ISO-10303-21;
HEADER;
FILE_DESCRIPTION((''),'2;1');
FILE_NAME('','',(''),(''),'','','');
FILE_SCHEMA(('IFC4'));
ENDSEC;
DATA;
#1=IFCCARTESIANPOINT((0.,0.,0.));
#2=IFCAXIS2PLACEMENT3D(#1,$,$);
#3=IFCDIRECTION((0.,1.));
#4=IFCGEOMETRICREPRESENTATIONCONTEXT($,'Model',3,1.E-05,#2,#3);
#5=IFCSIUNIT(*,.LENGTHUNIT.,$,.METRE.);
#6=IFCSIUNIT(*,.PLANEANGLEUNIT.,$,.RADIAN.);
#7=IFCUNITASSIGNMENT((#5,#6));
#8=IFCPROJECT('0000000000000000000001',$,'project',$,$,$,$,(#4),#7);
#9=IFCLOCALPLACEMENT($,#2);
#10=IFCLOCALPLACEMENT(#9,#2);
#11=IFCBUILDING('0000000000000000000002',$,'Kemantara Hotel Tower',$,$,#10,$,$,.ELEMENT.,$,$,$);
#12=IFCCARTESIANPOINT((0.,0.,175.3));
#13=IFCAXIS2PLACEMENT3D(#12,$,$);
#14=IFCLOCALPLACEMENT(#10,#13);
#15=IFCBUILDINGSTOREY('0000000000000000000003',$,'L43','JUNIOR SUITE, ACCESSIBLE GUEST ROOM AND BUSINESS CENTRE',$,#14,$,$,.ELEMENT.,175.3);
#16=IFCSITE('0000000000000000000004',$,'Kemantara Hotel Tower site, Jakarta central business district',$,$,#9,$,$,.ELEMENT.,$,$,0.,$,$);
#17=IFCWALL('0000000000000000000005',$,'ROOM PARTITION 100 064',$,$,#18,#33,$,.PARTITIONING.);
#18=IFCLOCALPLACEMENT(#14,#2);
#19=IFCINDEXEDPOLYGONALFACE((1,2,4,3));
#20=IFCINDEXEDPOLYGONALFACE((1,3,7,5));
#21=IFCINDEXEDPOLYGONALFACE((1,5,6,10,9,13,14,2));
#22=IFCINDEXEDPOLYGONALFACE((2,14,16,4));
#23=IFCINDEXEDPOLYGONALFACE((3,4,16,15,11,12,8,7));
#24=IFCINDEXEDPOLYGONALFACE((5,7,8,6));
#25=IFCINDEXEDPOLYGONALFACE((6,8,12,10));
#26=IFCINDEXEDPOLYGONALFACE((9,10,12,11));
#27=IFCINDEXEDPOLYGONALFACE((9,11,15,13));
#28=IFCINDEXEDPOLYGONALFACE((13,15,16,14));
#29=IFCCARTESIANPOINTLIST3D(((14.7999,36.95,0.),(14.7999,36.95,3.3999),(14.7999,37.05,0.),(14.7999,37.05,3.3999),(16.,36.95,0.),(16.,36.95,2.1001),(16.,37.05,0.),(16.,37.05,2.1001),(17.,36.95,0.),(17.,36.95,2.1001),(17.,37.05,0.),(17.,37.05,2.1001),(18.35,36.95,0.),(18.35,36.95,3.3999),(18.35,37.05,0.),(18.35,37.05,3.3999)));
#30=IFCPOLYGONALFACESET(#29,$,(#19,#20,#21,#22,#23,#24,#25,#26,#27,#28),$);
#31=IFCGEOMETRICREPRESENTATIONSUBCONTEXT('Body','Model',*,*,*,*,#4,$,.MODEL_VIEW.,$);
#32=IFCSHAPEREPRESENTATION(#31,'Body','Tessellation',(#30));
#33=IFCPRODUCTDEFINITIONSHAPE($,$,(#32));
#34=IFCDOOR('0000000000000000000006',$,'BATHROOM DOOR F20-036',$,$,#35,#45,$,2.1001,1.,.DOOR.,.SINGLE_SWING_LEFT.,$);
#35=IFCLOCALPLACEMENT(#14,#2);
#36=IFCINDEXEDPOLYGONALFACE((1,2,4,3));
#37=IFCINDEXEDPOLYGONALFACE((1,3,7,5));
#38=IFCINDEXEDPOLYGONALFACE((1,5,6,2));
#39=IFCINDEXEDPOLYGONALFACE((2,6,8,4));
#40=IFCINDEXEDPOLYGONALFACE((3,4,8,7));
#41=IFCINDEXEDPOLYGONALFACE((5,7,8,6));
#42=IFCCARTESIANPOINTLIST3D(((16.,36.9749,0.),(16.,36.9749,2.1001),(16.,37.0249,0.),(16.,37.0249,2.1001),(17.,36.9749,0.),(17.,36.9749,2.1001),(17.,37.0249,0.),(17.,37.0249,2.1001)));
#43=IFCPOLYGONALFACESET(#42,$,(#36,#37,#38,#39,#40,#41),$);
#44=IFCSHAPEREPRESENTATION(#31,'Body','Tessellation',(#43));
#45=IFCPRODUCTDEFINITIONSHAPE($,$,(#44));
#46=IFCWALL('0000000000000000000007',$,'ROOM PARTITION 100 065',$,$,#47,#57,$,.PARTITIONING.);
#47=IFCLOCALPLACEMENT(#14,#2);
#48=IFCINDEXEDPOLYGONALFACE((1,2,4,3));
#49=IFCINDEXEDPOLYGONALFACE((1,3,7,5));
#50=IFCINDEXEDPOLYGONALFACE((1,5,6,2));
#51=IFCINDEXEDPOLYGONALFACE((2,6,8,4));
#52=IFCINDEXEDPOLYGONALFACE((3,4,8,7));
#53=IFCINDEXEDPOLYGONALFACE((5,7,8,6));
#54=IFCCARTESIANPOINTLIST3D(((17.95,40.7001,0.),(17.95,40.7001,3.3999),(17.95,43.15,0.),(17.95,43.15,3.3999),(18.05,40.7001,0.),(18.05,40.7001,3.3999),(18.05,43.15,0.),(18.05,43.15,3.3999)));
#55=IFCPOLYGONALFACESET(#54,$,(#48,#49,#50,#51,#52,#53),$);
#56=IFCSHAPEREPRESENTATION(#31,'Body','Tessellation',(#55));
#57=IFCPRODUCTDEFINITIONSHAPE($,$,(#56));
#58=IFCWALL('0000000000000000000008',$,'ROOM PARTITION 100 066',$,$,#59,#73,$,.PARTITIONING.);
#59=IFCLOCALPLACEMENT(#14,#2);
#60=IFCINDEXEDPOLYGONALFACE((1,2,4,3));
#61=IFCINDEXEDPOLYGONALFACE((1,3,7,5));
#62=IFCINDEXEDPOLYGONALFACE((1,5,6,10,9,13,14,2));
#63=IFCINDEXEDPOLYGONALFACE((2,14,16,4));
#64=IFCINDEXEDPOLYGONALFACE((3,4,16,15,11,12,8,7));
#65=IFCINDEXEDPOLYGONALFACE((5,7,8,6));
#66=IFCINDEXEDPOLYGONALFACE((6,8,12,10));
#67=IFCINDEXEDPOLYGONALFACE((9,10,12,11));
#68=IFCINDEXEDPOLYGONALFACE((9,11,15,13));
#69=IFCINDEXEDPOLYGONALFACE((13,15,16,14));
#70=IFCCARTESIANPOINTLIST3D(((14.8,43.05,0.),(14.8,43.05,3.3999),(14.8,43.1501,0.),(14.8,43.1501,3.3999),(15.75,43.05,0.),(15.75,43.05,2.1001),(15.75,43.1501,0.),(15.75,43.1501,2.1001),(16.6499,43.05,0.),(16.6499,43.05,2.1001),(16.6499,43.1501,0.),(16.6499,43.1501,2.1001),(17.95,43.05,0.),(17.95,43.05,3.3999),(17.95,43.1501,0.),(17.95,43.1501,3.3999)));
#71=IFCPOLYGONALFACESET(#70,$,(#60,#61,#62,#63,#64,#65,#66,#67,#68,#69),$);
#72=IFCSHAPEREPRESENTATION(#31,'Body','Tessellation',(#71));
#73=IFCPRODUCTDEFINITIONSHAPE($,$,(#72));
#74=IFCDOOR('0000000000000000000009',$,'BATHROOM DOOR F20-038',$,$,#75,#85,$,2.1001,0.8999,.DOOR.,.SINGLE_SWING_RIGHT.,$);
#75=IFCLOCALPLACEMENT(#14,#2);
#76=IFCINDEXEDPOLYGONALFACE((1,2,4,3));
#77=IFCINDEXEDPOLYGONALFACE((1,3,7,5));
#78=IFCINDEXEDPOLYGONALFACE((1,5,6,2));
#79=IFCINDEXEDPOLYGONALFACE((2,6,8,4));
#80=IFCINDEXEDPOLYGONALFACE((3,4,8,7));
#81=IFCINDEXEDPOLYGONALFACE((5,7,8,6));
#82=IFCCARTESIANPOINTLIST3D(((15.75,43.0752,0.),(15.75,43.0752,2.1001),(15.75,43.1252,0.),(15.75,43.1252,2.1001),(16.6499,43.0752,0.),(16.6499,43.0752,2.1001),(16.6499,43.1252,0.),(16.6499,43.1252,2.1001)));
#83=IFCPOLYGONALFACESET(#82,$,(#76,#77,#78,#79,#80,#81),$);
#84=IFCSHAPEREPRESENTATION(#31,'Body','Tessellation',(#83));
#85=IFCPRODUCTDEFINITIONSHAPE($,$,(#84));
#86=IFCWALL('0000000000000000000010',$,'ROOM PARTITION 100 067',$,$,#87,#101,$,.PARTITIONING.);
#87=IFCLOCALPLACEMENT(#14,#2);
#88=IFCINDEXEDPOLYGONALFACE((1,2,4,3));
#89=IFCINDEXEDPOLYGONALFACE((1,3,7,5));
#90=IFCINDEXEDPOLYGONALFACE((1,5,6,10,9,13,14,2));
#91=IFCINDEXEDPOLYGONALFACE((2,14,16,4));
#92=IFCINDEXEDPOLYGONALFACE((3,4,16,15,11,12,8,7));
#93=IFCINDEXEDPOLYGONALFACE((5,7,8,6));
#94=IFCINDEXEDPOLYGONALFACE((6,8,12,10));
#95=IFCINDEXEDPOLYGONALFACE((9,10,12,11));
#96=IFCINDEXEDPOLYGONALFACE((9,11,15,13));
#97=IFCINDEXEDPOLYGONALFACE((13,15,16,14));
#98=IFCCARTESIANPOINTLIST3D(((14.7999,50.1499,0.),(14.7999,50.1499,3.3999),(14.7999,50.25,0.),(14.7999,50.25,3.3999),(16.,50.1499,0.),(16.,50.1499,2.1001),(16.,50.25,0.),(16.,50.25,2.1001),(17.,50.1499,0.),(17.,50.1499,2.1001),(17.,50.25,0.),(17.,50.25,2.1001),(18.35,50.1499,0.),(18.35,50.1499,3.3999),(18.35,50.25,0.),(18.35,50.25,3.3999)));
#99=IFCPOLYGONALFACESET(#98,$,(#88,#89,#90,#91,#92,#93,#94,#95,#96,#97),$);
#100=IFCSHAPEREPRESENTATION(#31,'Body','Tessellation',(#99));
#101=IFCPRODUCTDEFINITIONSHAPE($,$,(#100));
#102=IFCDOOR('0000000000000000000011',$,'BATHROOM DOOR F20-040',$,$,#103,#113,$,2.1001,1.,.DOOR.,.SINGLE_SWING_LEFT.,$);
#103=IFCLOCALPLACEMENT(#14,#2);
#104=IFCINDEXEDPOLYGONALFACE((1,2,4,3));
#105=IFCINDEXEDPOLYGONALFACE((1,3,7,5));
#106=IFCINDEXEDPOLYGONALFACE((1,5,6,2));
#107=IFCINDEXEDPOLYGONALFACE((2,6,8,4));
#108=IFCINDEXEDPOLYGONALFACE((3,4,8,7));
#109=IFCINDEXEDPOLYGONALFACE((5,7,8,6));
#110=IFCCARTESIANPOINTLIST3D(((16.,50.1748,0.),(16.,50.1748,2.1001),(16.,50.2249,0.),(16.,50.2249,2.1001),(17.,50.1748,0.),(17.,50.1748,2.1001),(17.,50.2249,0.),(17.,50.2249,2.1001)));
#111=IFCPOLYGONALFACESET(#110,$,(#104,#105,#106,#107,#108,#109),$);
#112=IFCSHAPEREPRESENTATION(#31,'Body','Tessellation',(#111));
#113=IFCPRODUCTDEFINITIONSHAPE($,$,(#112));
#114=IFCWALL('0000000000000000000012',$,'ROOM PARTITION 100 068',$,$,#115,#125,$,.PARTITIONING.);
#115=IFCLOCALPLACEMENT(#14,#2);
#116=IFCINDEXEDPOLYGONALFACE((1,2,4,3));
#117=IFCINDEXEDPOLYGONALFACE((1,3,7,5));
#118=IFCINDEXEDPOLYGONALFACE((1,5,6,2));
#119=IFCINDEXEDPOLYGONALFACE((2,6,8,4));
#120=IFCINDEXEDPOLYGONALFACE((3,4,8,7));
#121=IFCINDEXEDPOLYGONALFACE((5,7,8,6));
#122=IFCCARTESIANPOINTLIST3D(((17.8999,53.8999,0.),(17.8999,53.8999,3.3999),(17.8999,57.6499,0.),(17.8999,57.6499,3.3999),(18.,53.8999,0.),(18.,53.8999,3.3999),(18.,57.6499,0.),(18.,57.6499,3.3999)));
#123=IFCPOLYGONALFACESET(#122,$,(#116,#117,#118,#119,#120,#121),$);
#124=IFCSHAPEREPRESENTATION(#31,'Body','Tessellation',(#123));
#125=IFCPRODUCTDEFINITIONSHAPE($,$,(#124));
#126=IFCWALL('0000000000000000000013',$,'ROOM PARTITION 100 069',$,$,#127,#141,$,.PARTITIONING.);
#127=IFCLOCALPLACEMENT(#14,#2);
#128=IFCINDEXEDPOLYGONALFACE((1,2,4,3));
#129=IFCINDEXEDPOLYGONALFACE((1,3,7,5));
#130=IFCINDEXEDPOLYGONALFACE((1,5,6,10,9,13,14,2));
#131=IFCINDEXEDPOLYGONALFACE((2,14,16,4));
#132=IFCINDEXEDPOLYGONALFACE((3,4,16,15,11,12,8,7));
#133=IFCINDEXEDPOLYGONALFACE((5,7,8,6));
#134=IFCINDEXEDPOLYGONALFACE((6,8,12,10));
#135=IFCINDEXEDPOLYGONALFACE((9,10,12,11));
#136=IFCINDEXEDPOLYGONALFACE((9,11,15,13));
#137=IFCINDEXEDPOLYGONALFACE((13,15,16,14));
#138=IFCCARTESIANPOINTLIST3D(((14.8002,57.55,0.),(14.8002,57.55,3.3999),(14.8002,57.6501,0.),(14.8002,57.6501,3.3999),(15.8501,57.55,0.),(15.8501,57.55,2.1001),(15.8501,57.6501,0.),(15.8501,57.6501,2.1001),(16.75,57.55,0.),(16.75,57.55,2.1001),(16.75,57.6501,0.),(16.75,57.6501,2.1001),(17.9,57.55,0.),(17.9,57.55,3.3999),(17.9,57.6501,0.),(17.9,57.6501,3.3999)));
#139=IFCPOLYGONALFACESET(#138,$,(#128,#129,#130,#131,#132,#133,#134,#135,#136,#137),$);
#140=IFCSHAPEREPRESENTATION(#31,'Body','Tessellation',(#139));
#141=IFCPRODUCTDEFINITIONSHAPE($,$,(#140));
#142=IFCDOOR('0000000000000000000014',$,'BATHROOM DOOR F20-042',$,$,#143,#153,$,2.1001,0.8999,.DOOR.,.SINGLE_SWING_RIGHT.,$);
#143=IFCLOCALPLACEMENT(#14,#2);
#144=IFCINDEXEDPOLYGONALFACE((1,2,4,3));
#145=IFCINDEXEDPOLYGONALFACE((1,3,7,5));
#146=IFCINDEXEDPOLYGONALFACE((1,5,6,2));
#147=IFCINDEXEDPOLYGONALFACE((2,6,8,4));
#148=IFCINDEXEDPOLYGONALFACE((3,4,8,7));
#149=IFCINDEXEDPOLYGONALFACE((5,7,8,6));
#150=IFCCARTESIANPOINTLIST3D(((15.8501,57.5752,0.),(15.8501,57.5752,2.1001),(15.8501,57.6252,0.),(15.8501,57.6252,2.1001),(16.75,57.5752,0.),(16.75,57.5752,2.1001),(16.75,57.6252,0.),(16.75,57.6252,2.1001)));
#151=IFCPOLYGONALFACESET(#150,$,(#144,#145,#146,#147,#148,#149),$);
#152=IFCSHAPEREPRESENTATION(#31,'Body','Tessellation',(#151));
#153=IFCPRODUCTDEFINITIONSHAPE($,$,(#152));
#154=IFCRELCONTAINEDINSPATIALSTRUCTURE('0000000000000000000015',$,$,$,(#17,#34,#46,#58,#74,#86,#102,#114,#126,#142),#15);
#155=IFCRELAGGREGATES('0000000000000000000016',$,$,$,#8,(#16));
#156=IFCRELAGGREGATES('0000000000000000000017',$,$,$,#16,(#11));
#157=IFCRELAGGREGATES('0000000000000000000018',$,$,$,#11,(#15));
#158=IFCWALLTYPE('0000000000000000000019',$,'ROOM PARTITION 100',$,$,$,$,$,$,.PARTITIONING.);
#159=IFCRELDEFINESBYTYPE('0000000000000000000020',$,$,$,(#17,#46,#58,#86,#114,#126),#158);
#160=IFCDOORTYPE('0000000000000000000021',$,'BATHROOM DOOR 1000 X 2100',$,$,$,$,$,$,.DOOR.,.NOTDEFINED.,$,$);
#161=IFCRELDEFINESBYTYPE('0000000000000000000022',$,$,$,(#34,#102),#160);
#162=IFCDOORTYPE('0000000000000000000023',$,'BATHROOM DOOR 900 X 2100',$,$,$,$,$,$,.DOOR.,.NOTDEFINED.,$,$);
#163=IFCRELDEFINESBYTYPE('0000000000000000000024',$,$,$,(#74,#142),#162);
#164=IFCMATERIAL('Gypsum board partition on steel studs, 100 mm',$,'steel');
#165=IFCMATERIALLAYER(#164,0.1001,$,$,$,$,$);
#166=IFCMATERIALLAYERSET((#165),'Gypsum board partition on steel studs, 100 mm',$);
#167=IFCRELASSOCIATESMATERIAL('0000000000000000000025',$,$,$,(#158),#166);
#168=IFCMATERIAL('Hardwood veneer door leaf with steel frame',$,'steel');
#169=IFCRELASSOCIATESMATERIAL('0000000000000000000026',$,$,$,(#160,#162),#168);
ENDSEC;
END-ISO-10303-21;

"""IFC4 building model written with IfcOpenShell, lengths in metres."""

from ifc_helpers import new_model, si_unit, direction, frame, frame_2d, origin, place, context, subcontext, project, spatial, rectangle, extrude, material, layer, layer_set, type_object, element, fill, save


model = new_model("IFC4")

# Units and contexts
model_context = context("Model", 3, precision=1e-05, world=origin(), true_north=direction((0.0, 1.0)))
body_context = subcontext(model_context, "Body", "Model", "MODEL_VIEW")
ifc_project = project(units=[si_unit("LENGTHUNIT", "METRE"), si_unit("PLANEANGLEUNIT", "RADIAN")], contexts=[model_context])

# Site, building, storey
site_placement = place(None, origin())
site = spatial("IfcSite", under=ifc_project, at=site_placement, Name="Kemantara Hotel Tower site, Jakarta central business district", CompositionType="ELEMENT", RefElevation=0.0)
building_placement = place(site_placement, origin())
building = spatial("IfcBuilding", under=site, at=building_placement, Name="Kemantara Hotel Tower", CompositionType="ELEMENT")
storey_placement = place(building_placement, frame((0.0, 0.0, 175.3)))
storey = spatial("IfcBuildingStorey", under=building, at=storey_placement, Name="L43", Description="JUNIOR SUITE, ACCESSIBLE GUEST ROOM AND BUSINESS CENTRE", CompositionType="ELEMENT", Elevation=175.3)

# Shared definitions
ifc_material_1 = material(Name="Hardwood veneer door leaf with steel frame", Category="steel")

# Shared definitions
ifc_material_2 = material(Name="Gypsum board partition on steel studs, 100 mm", Category="steel")
ifc_layer_1 = layer(ifc_material_2, 0.1001)
ifc_layer_set_1 = layer_set([ifc_layer_1], Name="Gypsum board partition on steel studs, 100 mm")
wall_type_1 = type_object("IfcWallType", Name="ROOM PARTITION 100", PredefinedType="PARTITIONING", material=ifc_layer_set_1)

# Wall, opening, door
wall_1_placement = place(storey_placement, frame((14.8, 37.0, 0.0), z_axis=(0.0, 0.0, 1.0), x_axis=(1.0, 0.0, 0.0)))
wall_1 = element("IfcWall", 1, at=wall_1_placement, inside=storey, type_object=wall_type_1, Name="ROOM PARTITION 100 064", PredefinedType="PARTITIONING", context=body_context, shape_type="SweptSolid", body=[
    extrude(rectangle(XDim=3.55, YDim=0.1001, at=frame_2d((1.7749, 0.0))), origin(), (0.0, 0.0, 1.0), 3.3999),
])
opening_1_placement = place(wall_1_placement, frame((1.2, 0.0, 0.0)))
opening_1 = element("IfcOpeningElement", 2, at=opening_1_placement, cuts=wall_1, PredefinedType="OPENING", context=body_context, shape_type="SweptSolid", body=[
    extrude(rectangle(XDim=1.0, YDim=2.1001, at=frame_2d((0.5, 1.05))), frame((0.0, 0.0601, 0.0), z_axis=(0.0, -1.0, 0.0), x_axis=(1.0, 0.0, 0.0)), (0.0, 0.0, 1.0), 0.1201),
])
door_type_1 = type_object("IfcDoorType", Name="BATHROOM DOOR 1000 X 2100", OperationType="NOTDEFINED", PredefinedType="DOOR", material=ifc_material_1)
door_1_placement = place(opening_1_placement, origin())
door_1 = element("IfcDoor", 3, at=door_1_placement, inside=storey, type_object=door_type_1, Name="BATHROOM DOOR F20-036", OperationType="SINGLE_SWING_LEFT", OverallHeight=2.1001, OverallWidth=1.0, PredefinedType="DOOR", context=body_context, shape_type="SweptSolid", body=[
    extrude(rectangle(XDim=1.0, YDim=2.1001, at=frame_2d((0.5, 1.05))), frame((0.0, 0.0249, 0.0), z_axis=(0.0, -1.0, 0.0), x_axis=(1.0, 0.0, 0.0)), (0.0, 0.0, 1.0), 0.05),
])
fill(opening_1, door_1)

# Wall
wall_2_placement = place(storey_placement, frame((18.0, 40.7, 0.0), z_axis=(0.0, 0.0, 1.0), x_axis=(0.0, 1.0, 0.0)))
element("IfcWall", 4, at=wall_2_placement, inside=storey, type_object=wall_type_1, Name="ROOM PARTITION 100 065", PredefinedType="PARTITIONING", context=body_context, shape_type="SweptSolid", body=[
    extrude(rectangle(XDim=2.45, YDim=0.1001, at=frame_2d((1.2251, 0.0))), origin(), (0.0, 0.0, 1.0), 3.3999),
])

# Walls, openings, doors
wall_3_placement = place(storey_placement, frame((17.95, 43.1001, 0.0), z_axis=(0.0, 0.0, 1.0), x_axis=(-1.0, 0.0, 0.0)))
wall_3 = element("IfcWall", 5, at=wall_3_placement, inside=storey, type_object=wall_type_1, Name="ROOM PARTITION 100 066", PredefinedType="PARTITIONING", context=body_context, shape_type="SweptSolid", body=[
    extrude(rectangle(XDim=3.1499, YDim=0.1001, at=frame_2d((1.575, 0.0))), origin(), (0.0, 0.0, 1.0), 3.3999),
])
opening_2_placement = place(wall_3_placement, frame((1.3, 0.0, 0.0)))
opening_2 = element("IfcOpeningElement", 6, at=opening_2_placement, cuts=wall_3, PredefinedType="OPENING", context=body_context, shape_type="SweptSolid", body=[
    extrude(rectangle(XDim=0.8999, YDim=2.1001, at=frame_2d((0.45, 1.05))), frame((0.0, 0.0601, 0.0), z_axis=(0.0, -1.0, 0.0), x_axis=(1.0, 0.0, 0.0)), (0.0, 0.0, 1.0), 0.1201),
])
door_type_2 = type_object("IfcDoorType", Name="BATHROOM DOOR 900 X 2100", OperationType="NOTDEFINED", PredefinedType="DOOR", material=ifc_material_1)
door_2_placement = place(opening_2_placement, origin())
door_2 = element("IfcDoor", 7, at=door_2_placement, inside=storey, type_object=door_type_2, Name="BATHROOM DOOR F20-038", OperationType="SINGLE_SWING_RIGHT", OverallHeight=2.1001, OverallWidth=0.8999, PredefinedType="DOOR", context=body_context, shape_type="SweptSolid", body=[
    extrude(rectangle(XDim=0.8999, YDim=2.1001, at=frame_2d((0.45, 1.05))), frame((0.0, 0.0249, 0.0), z_axis=(0.0, -1.0, 0.0), x_axis=(1.0, 0.0, 0.0)), (0.0, 0.0, 1.0), 0.05),
])
fill(opening_2, door_2)
wall_4_placement = place(storey_placement, frame((14.8, 50.2, 0.0), z_axis=(0.0, 0.0, 1.0), x_axis=(1.0, 0.0, 0.0)))
wall_4 = element("IfcWall", 8, at=wall_4_placement, inside=storey, type_object=wall_type_1, Name="ROOM PARTITION 100 067", PredefinedType="PARTITIONING", context=body_context, shape_type="SweptSolid", body=[
    extrude(rectangle(XDim=3.55, YDim=0.1001, at=frame_2d((1.7749, 0.0))), origin(), (0.0, 0.0, 1.0), 3.3999),
])
opening_3_placement = place(wall_4_placement, frame((1.2, 0.0, 0.0)))
opening_3 = element("IfcOpeningElement", 9, at=opening_3_placement, cuts=wall_4, PredefinedType="OPENING", context=body_context, shape_type="SweptSolid", body=[
    extrude(rectangle(XDim=1.0, YDim=2.1001, at=frame_2d((0.5, 1.05))), frame((0.0, 0.0601, 0.0), z_axis=(0.0, -1.0, 0.0), x_axis=(1.0, 0.0, 0.0)), (0.0, 0.0, 1.0), 0.1201),
])
door_3_placement = place(opening_3_placement, origin())
door_3 = element("IfcDoor", 10, at=door_3_placement, inside=storey, type_object=door_type_1, Name="BATHROOM DOOR F20-040", OperationType="SINGLE_SWING_LEFT", OverallHeight=2.1001, OverallWidth=1.0, PredefinedType="DOOR", context=body_context, shape_type="SweptSolid", body=[
    extrude(rectangle(XDim=1.0, YDim=2.1001, at=frame_2d((0.5, 1.05))), frame((0.0, 0.0249, 0.0), z_axis=(0.0, -1.0, 0.0), x_axis=(1.0, 0.0, 0.0)), (0.0, 0.0, 1.0), 0.05),
])
fill(opening_3, door_3)

# Wall
wall_5_placement = place(storey_placement, frame((17.95, 53.8999, 0.0), z_axis=(0.0, 0.0, 1.0), x_axis=(0.0, 1.0, 0.0)))
element("IfcWall", 11, at=wall_5_placement, inside=storey, type_object=wall_type_1, Name="ROOM PARTITION 100 068", PredefinedType="PARTITIONING", context=body_context, shape_type="SweptSolid", body=[
    extrude(rectangle(XDim=3.75, YDim=0.1001, at=frame_2d((1.875, 0.0))), origin(), (0.0, 0.0, 1.0), 3.3999),
])

# Wall, opening, door
wall_6_placement = place(storey_placement, frame((17.8999, 57.6001, 0.0), z_axis=(0.0, 0.0, 1.0), x_axis=(-1.0, 0.0, 0.0)))
wall_6 = element("IfcWall", 12, at=wall_6_placement, inside=storey, type_object=wall_type_1, Name="ROOM PARTITION 100 069", PredefinedType="PARTITIONING", context=body_context, shape_type="SweptSolid", body=[
    extrude(rectangle(XDim=3.0999, YDim=0.1001, at=frame_2d((1.5498, 0.0))), origin(), (0.0, 0.0, 1.0), 3.3999),
])
opening_4_placement = place(wall_6_placement, frame((1.1499, 0.0, 0.0)))
opening_4 = element("IfcOpeningElement", 13, at=opening_4_placement, cuts=wall_6, PredefinedType="OPENING", context=body_context, shape_type="SweptSolid", body=[
    extrude(rectangle(XDim=0.8999, YDim=2.1001, at=frame_2d((0.45, 1.05))), frame((0.0, 0.0601, 0.0), z_axis=(0.0, -1.0, 0.0), x_axis=(1.0, 0.0, 0.0)), (0.0, 0.0, 1.0), 0.1201),
])
door_4_placement = place(opening_4_placement, origin())
door_4 = element("IfcDoor", 14, at=door_4_placement, inside=storey, type_object=door_type_2, Name="BATHROOM DOOR F20-042", OperationType="SINGLE_SWING_RIGHT", OverallHeight=2.1001, OverallWidth=0.8999, PredefinedType="DOOR", context=body_context, shape_type="SweptSolid", body=[
    extrude(rectangle(XDim=0.8999, YDim=2.1001, at=frame_2d((0.45, 1.05))), frame((0.0, 0.0249, 0.0), z_axis=(0.0, -1.0, 0.0), x_axis=(1.0, 0.0, 0.0)), (0.0, 0.0, 1.0), 0.05),
])
fill(opening_4, door_4)

save(model, "model.ifc")
